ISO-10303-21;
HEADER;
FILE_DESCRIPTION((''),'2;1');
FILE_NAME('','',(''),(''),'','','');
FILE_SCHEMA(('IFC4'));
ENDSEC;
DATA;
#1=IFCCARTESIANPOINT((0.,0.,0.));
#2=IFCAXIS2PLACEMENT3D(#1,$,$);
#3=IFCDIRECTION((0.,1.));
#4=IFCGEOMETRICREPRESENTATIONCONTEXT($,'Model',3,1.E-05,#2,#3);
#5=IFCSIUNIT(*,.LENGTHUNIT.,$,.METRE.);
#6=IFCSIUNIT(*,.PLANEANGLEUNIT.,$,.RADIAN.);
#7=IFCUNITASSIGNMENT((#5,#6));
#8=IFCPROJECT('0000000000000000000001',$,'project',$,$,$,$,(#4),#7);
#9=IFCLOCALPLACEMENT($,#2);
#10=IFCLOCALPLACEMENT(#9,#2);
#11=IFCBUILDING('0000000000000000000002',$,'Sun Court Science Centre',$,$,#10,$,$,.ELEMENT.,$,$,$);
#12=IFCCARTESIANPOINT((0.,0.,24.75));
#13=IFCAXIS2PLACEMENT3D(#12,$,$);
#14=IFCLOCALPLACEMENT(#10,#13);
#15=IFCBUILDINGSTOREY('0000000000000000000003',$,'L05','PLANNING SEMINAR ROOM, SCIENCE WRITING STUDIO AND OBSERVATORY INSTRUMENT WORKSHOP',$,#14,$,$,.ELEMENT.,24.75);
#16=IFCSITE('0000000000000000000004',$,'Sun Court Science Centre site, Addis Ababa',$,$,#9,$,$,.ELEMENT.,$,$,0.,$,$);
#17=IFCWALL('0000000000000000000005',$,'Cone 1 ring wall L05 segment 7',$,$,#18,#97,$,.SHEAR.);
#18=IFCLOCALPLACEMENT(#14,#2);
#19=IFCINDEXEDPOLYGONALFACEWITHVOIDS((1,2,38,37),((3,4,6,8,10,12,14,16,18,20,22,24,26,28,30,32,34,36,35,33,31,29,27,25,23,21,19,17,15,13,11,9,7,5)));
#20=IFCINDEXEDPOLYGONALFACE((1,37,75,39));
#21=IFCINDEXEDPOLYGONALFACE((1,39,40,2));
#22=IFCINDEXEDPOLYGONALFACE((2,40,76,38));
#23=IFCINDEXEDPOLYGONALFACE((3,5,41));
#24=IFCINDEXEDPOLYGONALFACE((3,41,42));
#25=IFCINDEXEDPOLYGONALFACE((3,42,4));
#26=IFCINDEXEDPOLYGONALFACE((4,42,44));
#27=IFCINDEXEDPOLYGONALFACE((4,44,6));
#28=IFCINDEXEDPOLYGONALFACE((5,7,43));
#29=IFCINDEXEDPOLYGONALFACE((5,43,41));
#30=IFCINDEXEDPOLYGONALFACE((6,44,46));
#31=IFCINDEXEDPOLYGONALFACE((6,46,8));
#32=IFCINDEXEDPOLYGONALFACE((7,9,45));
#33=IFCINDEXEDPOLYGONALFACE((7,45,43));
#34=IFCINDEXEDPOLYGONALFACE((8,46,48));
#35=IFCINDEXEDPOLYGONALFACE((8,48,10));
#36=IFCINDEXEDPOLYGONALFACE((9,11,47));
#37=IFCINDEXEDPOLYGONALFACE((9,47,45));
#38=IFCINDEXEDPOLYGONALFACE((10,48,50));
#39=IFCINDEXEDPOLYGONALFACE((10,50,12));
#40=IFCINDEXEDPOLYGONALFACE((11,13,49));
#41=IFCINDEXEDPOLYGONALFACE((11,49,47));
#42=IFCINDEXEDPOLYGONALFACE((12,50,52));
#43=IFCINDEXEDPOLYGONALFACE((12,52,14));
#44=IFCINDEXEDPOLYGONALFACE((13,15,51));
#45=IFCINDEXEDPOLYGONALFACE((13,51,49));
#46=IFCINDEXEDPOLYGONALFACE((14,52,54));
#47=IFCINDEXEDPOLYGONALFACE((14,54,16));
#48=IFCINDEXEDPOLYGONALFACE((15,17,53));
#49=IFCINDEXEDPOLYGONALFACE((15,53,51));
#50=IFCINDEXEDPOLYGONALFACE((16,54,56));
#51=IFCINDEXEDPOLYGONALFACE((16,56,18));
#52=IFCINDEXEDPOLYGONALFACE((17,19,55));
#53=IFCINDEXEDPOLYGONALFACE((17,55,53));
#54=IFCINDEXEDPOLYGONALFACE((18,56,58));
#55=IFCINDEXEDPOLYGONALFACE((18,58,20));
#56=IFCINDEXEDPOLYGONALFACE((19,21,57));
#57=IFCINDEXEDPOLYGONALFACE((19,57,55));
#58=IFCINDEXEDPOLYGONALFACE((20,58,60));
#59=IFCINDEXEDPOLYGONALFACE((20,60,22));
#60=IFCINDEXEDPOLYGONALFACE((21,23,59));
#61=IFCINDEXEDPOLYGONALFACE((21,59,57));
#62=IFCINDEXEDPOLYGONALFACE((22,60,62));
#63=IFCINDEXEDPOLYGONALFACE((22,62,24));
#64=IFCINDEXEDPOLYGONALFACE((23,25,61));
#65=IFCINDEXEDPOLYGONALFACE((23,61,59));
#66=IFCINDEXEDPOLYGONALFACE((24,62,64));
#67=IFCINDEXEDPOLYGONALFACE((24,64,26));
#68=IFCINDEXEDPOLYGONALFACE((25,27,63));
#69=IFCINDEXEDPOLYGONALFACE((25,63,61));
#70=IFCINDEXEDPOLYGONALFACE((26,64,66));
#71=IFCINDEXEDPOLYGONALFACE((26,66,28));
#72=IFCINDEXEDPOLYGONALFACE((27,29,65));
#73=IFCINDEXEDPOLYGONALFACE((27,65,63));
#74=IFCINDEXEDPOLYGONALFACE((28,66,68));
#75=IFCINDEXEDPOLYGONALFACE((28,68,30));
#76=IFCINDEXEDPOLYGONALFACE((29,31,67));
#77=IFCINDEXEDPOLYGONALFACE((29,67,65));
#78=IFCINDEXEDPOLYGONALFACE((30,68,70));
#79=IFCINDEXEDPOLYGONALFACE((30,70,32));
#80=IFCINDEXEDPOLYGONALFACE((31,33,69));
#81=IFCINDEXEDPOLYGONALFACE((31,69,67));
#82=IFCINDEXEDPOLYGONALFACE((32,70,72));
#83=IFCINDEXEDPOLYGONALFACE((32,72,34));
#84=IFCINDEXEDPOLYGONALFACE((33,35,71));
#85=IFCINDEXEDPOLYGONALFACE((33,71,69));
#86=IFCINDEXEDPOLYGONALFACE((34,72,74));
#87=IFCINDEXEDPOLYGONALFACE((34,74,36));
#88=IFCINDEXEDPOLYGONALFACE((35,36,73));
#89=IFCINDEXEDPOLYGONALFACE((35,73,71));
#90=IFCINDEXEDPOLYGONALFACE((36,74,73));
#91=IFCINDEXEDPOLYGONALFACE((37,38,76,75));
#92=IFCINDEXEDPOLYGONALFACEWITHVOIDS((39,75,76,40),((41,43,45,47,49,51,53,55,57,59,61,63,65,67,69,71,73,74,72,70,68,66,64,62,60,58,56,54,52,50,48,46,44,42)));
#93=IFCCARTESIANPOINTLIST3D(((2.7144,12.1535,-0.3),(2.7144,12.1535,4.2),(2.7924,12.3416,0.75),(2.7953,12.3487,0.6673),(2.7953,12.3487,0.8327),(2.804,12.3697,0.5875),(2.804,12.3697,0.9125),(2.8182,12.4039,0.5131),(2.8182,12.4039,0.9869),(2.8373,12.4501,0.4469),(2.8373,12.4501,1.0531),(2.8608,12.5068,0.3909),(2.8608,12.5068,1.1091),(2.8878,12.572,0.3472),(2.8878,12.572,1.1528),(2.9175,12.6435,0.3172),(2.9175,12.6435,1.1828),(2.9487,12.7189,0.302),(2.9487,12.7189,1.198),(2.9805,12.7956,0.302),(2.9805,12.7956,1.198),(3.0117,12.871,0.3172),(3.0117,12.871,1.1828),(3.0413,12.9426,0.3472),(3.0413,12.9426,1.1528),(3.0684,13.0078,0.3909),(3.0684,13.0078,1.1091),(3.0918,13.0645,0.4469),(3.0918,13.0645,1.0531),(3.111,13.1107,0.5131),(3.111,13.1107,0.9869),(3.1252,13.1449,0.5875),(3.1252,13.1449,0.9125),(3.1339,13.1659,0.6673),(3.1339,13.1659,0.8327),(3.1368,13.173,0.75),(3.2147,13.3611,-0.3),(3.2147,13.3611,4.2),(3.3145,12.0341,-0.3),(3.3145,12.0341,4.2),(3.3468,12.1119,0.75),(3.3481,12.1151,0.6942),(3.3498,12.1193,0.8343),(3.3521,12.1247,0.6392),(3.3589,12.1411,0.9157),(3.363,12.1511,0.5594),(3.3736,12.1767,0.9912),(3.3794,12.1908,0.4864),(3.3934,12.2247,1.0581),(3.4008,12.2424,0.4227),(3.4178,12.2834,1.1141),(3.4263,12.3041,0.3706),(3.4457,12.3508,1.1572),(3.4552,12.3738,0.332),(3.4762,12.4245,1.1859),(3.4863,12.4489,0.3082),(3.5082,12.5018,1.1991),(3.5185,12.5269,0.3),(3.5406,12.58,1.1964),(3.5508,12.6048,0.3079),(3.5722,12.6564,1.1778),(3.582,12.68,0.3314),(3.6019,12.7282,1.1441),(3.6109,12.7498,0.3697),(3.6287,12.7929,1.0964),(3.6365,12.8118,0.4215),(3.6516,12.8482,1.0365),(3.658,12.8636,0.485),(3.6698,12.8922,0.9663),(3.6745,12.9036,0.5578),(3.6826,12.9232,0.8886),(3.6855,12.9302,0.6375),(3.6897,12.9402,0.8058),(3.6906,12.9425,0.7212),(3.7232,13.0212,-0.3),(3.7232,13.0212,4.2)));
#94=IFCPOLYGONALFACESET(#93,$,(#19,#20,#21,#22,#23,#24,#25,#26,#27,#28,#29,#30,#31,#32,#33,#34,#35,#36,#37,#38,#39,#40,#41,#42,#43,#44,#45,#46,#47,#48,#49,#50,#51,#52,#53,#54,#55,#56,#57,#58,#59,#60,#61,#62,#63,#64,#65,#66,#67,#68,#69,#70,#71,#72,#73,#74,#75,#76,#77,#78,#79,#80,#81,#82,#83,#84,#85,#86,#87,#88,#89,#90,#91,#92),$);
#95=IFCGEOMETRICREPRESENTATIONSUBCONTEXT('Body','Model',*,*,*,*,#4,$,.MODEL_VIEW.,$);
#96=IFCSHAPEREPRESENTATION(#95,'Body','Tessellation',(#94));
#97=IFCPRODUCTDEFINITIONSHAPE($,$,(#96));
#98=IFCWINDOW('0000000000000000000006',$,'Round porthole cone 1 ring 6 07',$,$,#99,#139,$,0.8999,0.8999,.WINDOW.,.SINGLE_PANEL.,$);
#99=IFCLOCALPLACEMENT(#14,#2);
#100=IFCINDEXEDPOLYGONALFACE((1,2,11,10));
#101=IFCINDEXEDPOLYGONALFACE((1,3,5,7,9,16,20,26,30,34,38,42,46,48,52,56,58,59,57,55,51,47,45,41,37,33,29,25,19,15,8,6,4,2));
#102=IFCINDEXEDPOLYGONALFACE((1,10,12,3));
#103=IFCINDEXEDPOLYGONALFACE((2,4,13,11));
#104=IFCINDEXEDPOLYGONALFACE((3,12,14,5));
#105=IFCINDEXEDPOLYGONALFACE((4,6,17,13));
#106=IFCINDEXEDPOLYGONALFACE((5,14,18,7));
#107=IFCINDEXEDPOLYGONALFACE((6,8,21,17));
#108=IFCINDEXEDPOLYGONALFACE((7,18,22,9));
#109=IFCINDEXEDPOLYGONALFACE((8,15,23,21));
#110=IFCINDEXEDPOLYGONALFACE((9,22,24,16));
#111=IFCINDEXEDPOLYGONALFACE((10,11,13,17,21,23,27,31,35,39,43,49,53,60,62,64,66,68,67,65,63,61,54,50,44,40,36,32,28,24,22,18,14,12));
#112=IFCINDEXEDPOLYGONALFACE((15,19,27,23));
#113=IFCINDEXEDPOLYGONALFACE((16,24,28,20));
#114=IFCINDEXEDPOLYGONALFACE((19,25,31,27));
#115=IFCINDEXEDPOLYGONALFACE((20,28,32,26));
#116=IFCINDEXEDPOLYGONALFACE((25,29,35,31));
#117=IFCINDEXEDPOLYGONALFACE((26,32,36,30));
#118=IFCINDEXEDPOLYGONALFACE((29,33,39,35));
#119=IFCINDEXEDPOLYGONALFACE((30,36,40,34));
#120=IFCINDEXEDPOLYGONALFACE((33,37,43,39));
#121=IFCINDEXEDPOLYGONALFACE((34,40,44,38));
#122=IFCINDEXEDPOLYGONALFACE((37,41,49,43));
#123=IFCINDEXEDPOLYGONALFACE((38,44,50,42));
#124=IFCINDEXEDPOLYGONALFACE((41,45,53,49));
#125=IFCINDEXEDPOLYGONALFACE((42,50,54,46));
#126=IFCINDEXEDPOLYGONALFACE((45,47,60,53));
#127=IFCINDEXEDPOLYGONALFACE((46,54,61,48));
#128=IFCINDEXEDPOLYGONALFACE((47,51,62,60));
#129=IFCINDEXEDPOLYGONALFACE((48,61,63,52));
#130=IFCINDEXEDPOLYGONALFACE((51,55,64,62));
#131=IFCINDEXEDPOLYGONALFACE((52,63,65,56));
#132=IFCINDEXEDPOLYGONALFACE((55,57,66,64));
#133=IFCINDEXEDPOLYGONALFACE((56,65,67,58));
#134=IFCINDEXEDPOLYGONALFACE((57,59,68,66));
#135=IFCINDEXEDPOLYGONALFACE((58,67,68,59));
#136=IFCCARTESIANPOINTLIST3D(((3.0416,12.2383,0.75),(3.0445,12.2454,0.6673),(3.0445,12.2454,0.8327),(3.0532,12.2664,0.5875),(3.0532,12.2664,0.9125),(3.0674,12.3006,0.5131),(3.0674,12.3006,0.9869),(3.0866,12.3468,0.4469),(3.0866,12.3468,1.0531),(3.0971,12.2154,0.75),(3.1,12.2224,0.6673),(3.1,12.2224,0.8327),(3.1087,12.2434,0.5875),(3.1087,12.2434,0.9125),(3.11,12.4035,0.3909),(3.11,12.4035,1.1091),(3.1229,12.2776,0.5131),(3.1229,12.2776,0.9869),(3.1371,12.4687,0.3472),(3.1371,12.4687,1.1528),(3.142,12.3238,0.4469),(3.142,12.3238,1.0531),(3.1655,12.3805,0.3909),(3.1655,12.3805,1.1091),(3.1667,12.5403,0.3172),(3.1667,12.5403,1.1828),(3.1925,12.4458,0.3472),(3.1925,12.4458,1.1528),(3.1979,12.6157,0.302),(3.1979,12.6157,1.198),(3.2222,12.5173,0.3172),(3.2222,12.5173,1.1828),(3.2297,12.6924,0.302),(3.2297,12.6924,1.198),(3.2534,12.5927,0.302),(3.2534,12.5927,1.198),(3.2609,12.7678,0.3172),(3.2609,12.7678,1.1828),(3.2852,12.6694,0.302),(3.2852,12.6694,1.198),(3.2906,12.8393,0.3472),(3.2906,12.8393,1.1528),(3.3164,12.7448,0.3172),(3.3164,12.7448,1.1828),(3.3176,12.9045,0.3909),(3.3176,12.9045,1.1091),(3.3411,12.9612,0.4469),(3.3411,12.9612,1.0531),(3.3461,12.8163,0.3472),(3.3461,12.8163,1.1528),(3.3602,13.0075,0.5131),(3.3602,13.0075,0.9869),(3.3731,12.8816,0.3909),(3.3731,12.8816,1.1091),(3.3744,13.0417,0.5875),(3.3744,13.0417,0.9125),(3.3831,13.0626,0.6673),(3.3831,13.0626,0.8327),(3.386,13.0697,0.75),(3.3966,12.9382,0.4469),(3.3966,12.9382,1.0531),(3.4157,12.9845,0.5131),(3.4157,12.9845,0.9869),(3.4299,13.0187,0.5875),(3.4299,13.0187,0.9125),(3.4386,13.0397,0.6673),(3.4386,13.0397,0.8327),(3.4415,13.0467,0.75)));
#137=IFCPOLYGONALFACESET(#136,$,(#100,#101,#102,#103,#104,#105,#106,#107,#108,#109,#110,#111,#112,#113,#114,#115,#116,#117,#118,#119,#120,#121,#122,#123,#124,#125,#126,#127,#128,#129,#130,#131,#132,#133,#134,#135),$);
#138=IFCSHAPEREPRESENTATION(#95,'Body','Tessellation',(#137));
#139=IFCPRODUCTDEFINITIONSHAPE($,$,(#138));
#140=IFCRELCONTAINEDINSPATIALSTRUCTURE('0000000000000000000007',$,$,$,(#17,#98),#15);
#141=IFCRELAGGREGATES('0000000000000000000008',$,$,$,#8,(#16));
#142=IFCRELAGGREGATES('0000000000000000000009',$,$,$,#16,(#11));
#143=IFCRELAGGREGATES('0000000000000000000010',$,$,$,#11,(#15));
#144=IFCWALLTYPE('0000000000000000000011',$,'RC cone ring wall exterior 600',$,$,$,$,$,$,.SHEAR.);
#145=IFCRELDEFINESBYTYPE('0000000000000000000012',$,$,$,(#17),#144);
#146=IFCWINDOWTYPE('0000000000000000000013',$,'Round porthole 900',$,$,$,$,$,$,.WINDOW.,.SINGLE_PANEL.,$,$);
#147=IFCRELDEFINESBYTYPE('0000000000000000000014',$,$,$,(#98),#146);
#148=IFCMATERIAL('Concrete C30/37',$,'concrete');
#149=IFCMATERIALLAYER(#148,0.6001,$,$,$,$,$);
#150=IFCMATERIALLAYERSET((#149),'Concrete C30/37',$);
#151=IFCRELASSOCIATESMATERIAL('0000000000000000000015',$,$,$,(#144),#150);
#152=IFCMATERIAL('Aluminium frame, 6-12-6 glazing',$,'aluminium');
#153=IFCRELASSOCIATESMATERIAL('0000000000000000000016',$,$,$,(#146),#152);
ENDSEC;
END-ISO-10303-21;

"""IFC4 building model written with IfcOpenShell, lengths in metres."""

from ifc_helpers import new_model, si_unit, direction, frame, frame_2d, origin, place, context, subcontext, project, spatial, polyline, circle, outline, extrude, material, layer, layer_set, type_object, element, fill, save


model = new_model("IFC4")

# Units and contexts
model_context = context("Model", 3, precision=1e-05, world=origin(), true_north=direction((0.0, 1.0)))
body_context = subcontext(model_context, "Body", "Model", "MODEL_VIEW")
ifc_project = project(units=[si_unit("LENGTHUNIT", "METRE"), si_unit("PLANEANGLEUNIT", "RADIAN")], contexts=[model_context])

# Site, building, storey
site_placement = place(None, origin())
site = spatial("IfcSite", under=ifc_project, at=site_placement, Name="Sun Court Science Centre site, Addis Ababa", CompositionType="ELEMENT", RefElevation=0.0)
building_placement = place(site_placement, origin())
building = spatial("IfcBuilding", under=site, at=building_placement, Name="Sun Court Science Centre", CompositionType="ELEMENT")
storey_placement = place(building_placement, frame((0.0, 0.0, 24.75)))
storey = spatial("IfcBuildingStorey", under=building, at=storey_placement, Name="L05", Description="PLANNING SEMINAR ROOM, SCIENCE WRITING STUDIO AND OBSERVATORY INSTRUMENT WORKSHOP", CompositionType="ELEMENT", Elevation=24.75)

# Wall, opening, window
ifc_material_1 = material(Name="Concrete C30/37", Category="concrete")
ifc_layer = layer(ifc_material_1, 0.6001)
ifc_layer_set = layer_set([ifc_layer], Name="Concrete C30/37")
wall_type = type_object("IfcWallType", Name="RC cone ring wall exterior 600", PredefinedType="SHEAR", material=ifc_layer_set)
ifc_material_2 = material(Name="Aluminium frame, 6-12-6 glazing", Category="aluminium")
window_type = type_object("IfcWindowType", Name="Round porthole 900", PartitioningType="SINGLE_PANEL", PredefinedType="WINDOW", material=ifc_material_2)
wall_1_placement = place(storey_placement, frame((3.4917, 13.2463, -0.3), z_axis=(0.0, 0.0, 1.0), x_axis=(-0.382731, -0.92386, 0.0)))
wall_1 = element("IfcWall", 1, at=wall_1_placement, inside=storey, type_object=wall_type, Name="Cone 1 ring wall L05 segment 7", PredefinedType="SHEAR", context=body_context, shape_type="SweptSolid", body=[
    extrude(outline(polyline([(0.0, -0.2998), (1.3071, -0.2998), (1.1877, 0.3003), (0.1194, 0.3), (0.0, -0.2998)])), origin(), (0.0, 0.0, 1.0), 4.5),
])
opening_1_placement = place(wall_1_placement, frame((0.2036, 0.0, 0.6001)))
opening_1 = element("IfcOpeningElement", 2, at=opening_1_placement, cuts=wall_1, PredefinedType="OPENING", context=body_context, shape_type="SweptSolid", body=[
    extrude(circle(Radius=0.45, at=frame_2d((0.45, 0.45))), frame((0.0, 0.3101, 0.0), z_axis=(0.0, -1.0, 0.0), x_axis=(1.0, 0.0, 0.0)), (0.0, 0.0, 1.0), 0.6201),
])
window_1_placement = place(opening_1_placement, origin())
window_1 = element("IfcWindow", 3, at=window_1_placement, inside=storey, type_object=window_type, Name="Round porthole cone 1 ring 6 07", OverallHeight=0.8999, OverallWidth=0.8999, PartitioningType="SINGLE_PANEL", PredefinedType="WINDOW", context=body_context, shape_type="SweptSolid", body=[
    extrude(circle(Radius=0.45, at=frame_2d((0.45, 0.45))), frame((0.0, 0.03, 0.0), z_axis=(0.0, -1.0, 0.0), x_axis=(1.0, 0.0, 0.0)), (0.0, 0.0, 1.0), 0.0601),
])
fill(opening_1, window_1)

save(model, "model.ifc")
